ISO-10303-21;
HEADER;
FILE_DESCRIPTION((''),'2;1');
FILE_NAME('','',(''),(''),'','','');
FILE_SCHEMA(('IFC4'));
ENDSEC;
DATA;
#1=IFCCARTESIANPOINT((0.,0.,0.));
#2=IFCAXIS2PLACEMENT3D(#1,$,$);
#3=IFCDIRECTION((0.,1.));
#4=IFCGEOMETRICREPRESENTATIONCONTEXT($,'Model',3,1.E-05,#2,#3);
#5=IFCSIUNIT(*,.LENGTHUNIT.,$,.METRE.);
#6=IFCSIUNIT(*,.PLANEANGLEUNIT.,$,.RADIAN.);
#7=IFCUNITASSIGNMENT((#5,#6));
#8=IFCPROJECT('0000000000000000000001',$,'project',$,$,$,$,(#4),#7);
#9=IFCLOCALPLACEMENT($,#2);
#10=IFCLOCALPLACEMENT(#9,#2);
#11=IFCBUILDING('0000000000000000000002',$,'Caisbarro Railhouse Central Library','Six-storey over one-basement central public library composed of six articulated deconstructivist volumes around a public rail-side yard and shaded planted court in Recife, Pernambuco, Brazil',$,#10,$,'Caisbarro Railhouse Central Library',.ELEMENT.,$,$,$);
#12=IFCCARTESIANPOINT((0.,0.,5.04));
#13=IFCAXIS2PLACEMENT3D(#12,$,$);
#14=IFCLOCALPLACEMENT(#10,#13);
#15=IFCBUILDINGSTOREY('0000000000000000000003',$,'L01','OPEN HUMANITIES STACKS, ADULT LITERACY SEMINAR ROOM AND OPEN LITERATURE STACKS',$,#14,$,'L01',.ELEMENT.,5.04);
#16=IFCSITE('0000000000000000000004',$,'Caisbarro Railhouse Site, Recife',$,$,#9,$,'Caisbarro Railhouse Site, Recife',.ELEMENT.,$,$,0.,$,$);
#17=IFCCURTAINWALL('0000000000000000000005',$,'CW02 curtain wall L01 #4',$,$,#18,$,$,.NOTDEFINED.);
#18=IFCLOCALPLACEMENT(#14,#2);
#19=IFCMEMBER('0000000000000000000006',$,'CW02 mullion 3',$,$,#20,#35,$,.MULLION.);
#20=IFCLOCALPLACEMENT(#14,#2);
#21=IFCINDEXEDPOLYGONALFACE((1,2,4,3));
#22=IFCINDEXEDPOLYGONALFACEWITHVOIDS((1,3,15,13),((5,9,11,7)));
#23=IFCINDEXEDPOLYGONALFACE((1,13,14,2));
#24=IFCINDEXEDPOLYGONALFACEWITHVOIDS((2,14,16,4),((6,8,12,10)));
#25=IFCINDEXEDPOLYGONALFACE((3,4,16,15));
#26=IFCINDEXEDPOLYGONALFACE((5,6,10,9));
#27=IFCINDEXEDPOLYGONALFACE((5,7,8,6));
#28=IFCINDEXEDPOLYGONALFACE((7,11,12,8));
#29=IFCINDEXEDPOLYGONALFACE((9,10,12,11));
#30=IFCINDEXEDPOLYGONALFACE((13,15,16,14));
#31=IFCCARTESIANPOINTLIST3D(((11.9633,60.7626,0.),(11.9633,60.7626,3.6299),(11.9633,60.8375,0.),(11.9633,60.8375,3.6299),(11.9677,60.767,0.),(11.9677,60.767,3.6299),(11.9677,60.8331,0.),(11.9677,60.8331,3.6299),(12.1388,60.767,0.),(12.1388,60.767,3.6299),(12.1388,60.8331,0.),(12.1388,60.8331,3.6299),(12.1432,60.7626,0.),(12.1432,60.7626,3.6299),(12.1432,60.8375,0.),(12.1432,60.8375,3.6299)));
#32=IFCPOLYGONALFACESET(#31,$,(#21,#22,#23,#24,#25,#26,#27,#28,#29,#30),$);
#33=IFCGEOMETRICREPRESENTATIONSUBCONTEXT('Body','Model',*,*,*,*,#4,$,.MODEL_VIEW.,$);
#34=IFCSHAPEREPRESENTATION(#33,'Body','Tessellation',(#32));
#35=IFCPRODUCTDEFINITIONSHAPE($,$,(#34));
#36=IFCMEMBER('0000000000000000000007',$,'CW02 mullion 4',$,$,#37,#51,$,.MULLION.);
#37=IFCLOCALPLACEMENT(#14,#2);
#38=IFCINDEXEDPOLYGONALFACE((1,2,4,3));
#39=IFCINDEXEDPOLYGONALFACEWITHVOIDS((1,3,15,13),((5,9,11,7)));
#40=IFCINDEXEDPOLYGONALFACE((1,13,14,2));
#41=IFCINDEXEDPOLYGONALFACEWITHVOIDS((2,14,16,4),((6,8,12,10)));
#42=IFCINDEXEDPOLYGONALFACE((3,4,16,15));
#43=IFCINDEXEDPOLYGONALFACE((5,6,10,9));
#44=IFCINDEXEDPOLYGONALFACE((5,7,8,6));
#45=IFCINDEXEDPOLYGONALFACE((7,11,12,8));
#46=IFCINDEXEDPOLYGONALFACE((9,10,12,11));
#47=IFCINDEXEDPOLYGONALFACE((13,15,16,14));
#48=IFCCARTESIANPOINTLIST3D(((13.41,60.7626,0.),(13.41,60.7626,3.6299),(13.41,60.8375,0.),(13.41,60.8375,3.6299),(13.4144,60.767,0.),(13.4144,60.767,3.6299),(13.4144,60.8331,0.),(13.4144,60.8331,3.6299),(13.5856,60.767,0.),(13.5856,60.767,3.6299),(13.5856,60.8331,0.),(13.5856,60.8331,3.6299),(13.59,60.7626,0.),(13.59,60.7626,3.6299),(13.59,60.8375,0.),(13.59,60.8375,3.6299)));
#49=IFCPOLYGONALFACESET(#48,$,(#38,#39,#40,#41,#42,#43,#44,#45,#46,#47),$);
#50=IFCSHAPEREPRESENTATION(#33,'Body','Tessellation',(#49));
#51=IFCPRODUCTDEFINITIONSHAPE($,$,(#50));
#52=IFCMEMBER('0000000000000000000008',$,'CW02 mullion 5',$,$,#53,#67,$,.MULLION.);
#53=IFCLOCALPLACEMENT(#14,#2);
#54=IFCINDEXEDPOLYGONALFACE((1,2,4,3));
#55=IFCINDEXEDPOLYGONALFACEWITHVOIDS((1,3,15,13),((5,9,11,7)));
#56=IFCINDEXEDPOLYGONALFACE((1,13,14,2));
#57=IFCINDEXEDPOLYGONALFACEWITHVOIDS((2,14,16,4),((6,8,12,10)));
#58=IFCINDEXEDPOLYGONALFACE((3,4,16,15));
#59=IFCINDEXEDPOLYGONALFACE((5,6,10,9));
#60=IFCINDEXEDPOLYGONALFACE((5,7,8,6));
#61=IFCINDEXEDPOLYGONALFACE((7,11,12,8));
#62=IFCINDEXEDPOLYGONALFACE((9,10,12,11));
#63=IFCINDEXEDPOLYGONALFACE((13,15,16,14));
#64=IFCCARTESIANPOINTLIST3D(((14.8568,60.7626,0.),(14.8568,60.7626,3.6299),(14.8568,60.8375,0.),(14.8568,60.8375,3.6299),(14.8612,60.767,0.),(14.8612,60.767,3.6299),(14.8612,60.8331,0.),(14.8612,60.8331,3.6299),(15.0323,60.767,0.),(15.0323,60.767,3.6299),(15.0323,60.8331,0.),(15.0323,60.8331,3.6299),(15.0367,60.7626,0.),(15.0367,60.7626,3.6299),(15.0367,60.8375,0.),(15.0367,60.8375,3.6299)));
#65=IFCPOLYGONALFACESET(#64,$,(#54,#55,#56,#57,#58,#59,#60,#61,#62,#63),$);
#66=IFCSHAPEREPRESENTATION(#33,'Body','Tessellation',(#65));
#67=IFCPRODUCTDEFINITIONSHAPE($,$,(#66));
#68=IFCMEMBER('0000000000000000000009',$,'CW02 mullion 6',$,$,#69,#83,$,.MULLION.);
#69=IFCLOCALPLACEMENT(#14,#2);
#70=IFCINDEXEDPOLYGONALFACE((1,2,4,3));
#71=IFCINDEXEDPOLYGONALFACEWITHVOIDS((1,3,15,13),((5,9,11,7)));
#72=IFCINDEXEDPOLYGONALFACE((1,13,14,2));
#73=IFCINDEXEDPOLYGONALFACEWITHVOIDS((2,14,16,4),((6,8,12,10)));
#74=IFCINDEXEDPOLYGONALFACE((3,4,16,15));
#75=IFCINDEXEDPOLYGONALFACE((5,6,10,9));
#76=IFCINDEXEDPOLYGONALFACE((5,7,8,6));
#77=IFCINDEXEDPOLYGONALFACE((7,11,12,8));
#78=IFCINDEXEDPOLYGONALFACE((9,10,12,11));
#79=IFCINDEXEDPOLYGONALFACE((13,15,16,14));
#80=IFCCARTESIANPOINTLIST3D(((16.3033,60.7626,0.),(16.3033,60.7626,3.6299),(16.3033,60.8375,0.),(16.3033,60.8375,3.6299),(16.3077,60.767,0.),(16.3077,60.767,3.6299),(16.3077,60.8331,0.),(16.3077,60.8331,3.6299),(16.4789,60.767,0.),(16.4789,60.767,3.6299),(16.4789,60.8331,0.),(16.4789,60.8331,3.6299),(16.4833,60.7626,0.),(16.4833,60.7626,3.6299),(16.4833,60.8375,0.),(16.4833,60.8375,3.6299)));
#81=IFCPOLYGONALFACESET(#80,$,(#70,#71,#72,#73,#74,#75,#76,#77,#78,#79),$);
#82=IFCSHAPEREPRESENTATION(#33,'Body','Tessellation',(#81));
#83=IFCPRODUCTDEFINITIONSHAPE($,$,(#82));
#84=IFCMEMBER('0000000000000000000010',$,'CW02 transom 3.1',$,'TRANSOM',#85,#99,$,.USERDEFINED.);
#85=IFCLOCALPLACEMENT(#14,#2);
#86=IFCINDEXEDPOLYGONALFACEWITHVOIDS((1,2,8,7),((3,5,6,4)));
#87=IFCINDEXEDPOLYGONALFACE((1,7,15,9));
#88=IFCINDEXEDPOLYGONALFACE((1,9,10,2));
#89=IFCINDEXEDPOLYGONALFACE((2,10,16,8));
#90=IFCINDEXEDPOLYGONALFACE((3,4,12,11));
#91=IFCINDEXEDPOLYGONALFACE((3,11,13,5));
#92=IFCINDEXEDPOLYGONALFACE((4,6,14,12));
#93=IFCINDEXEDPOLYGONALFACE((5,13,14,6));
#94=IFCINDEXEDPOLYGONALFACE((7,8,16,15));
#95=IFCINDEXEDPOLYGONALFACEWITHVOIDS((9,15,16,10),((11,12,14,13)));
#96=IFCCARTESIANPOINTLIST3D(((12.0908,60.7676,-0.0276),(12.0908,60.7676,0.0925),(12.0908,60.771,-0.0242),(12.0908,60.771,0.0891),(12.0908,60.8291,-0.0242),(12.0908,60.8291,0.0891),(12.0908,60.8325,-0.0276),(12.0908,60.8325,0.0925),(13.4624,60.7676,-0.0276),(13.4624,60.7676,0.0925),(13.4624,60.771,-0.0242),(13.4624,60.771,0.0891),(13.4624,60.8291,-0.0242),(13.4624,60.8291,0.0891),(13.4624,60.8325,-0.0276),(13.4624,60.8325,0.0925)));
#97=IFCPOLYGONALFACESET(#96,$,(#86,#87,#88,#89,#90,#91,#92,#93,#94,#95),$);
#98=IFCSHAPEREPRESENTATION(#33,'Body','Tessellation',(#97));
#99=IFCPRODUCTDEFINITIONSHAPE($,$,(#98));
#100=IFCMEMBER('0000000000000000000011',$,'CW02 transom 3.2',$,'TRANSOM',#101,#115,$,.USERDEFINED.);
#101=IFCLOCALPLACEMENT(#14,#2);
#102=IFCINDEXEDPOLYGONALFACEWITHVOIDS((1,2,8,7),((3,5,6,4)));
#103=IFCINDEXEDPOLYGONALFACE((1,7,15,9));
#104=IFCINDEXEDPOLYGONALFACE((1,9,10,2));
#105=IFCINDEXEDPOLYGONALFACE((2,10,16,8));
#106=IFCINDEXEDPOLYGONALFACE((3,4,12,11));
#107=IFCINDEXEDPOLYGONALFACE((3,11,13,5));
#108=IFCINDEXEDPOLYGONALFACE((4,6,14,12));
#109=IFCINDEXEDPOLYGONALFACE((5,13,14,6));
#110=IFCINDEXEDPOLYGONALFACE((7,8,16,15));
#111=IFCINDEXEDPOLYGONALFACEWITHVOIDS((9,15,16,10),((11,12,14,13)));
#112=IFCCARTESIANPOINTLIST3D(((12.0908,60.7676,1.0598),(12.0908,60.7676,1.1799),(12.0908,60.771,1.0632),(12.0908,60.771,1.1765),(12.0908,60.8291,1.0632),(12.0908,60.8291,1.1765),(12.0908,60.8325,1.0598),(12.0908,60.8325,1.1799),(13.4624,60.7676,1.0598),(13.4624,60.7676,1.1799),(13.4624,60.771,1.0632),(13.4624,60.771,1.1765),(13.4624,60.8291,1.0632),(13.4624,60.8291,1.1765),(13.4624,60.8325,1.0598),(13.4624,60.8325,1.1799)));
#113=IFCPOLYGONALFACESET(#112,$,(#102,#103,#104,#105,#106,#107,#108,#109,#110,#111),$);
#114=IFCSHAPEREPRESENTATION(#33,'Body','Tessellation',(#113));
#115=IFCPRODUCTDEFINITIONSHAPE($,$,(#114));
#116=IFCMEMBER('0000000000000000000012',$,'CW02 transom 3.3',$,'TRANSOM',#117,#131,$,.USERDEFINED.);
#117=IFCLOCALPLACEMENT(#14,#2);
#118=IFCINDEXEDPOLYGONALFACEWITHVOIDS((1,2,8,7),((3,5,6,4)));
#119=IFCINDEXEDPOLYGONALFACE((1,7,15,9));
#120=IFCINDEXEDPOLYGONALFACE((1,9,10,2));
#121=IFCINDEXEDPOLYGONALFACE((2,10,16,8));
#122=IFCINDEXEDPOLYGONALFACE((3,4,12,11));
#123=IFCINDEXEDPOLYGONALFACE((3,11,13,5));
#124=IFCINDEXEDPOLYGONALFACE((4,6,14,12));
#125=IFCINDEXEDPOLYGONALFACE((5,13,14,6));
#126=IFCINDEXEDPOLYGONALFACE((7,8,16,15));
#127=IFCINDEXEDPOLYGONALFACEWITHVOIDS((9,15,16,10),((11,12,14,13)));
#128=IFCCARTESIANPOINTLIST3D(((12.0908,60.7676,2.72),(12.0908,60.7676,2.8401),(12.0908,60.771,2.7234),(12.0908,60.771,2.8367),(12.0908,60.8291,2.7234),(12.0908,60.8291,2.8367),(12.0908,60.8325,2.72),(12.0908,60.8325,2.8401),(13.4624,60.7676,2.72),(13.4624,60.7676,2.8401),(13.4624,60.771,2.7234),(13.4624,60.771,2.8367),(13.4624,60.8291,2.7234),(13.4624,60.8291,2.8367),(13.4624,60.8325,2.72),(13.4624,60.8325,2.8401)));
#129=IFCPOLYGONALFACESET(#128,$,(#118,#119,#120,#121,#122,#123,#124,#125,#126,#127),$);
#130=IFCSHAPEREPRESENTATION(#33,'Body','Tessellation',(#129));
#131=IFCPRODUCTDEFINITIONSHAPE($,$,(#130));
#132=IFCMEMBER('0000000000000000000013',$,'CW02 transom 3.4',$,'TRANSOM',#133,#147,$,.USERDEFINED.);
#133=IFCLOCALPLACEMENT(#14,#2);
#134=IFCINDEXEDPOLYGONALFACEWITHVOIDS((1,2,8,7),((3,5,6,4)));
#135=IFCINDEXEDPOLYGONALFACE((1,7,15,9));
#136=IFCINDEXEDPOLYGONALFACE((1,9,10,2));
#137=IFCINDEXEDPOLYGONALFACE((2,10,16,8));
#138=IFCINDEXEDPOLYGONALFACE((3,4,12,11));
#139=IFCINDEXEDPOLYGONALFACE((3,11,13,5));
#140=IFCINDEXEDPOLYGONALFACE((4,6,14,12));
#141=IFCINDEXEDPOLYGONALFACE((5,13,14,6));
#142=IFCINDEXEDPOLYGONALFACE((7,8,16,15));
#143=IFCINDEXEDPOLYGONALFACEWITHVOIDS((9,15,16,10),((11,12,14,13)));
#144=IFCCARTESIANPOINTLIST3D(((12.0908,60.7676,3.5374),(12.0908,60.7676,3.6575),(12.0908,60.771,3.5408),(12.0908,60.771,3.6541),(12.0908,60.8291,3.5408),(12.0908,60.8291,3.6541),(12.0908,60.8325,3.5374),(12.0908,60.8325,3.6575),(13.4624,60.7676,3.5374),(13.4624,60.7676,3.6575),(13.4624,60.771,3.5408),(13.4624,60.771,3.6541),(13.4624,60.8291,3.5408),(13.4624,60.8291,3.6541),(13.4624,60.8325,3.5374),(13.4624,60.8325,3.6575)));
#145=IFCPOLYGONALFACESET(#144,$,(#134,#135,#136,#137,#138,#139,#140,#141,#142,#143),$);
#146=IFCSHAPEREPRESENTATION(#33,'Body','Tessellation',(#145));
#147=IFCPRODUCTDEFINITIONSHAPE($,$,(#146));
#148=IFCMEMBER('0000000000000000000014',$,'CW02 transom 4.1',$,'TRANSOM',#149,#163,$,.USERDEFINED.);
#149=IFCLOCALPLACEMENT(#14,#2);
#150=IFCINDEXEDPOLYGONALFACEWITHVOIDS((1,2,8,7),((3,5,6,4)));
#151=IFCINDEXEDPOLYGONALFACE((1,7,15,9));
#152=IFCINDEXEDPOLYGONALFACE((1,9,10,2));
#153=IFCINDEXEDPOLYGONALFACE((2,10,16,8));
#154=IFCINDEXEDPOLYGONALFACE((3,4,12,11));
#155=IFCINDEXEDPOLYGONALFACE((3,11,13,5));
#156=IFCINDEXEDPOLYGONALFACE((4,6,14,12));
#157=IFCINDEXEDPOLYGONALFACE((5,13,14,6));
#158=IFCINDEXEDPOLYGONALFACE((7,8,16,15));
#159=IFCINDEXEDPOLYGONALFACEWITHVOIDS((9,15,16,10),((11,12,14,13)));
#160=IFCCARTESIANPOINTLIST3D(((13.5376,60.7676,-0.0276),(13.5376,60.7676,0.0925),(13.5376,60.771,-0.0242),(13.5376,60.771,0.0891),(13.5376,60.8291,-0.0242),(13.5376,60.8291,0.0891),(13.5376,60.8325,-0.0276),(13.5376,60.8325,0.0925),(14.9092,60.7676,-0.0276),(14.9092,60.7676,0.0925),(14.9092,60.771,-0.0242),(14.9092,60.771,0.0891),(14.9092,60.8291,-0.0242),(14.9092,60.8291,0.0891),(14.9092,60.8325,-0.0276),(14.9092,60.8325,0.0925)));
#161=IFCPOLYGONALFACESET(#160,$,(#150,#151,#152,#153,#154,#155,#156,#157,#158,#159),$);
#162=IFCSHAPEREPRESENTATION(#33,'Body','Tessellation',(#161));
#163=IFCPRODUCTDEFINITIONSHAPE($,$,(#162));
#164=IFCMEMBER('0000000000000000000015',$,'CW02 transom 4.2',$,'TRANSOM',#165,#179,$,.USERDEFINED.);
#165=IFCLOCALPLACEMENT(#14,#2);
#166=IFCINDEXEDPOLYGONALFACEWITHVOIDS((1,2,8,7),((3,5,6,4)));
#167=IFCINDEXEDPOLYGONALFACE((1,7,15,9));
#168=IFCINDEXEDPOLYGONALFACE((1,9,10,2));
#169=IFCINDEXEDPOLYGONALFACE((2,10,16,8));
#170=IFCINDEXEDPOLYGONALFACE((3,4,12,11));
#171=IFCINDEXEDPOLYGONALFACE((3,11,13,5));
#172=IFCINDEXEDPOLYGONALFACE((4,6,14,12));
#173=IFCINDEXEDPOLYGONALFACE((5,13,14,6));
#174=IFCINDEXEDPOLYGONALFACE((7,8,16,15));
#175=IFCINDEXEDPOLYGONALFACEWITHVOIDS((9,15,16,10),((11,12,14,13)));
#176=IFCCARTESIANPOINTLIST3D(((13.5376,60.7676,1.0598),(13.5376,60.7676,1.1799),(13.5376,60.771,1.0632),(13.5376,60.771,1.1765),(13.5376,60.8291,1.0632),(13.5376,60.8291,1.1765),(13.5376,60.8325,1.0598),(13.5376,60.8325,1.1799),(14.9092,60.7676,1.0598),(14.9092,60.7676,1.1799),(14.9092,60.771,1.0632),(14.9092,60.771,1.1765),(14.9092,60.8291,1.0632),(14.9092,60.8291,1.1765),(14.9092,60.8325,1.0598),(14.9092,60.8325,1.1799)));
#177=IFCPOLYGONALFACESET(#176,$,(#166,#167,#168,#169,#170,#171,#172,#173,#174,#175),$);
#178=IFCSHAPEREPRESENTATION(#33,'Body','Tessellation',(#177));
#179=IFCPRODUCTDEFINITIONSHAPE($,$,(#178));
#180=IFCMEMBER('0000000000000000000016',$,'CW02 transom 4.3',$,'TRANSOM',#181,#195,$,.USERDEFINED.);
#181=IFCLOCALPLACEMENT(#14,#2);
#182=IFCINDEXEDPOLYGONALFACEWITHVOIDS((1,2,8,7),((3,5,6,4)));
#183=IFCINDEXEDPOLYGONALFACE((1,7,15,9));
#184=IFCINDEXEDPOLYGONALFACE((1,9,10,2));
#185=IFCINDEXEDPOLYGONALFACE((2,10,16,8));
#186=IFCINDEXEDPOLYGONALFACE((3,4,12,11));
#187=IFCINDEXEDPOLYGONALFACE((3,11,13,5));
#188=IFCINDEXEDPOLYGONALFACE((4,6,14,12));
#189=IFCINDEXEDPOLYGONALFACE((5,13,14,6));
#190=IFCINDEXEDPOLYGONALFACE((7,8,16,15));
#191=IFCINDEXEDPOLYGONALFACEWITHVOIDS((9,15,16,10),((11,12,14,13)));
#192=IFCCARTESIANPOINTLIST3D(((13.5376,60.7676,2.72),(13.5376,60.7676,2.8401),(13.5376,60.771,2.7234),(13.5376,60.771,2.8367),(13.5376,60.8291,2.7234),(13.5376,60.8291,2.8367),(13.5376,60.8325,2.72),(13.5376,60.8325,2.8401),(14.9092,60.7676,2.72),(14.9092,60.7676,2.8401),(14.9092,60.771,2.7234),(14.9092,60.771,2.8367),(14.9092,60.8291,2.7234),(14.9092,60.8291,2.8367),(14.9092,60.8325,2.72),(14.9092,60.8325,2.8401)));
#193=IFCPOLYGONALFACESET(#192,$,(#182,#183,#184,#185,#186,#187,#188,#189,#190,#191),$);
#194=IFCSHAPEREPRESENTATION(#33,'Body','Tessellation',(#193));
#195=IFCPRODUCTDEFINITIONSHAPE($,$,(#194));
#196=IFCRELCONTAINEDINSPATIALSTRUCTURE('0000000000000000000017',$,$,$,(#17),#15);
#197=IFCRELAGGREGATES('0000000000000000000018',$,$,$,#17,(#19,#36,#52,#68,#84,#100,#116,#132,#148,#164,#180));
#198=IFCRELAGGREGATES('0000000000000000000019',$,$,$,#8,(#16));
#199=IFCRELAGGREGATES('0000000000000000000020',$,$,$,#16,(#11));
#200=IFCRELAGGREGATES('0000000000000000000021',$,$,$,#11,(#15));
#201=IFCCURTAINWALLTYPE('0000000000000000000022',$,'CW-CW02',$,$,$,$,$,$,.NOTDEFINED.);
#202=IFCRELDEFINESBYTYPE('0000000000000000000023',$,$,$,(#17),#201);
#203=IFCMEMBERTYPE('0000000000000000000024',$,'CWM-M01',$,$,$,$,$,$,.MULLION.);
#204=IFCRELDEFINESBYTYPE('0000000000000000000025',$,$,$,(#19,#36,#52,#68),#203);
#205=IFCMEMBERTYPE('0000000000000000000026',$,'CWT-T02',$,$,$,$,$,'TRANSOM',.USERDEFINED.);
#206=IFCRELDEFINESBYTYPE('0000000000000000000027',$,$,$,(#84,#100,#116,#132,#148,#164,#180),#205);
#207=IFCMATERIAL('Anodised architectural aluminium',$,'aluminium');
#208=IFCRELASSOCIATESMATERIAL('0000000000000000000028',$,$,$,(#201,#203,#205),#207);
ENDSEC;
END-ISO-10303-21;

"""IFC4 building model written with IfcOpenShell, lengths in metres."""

from ifc_helpers import new_model, si_unit, direction, frame, origin, origin_2d, place, context, subcontext, project, spatial, hollow_rectangle, extrude, material, material_profile, profile_set, type_object, element, aggregate, save


model = new_model("IFC4")

# Units and contexts
model_context = context("Model", 3, precision=1e-05, world=origin(), true_north=direction((0.0, 1.0)))
body_context = subcontext(model_context, "Body", "Model", "MODEL_VIEW")
ifc_project = project(units=[si_unit("LENGTHUNIT", "METRE"), si_unit("PLANEANGLEUNIT", "RADIAN")], contexts=[model_context])

# Site, building, storey
site_placement = place(None, origin())
site = spatial("IfcSite", under=ifc_project, at=site_placement, Name="Caisbarro Railhouse Site, Recife", LongName="Caisbarro Railhouse Site, Recife", CompositionType="ELEMENT", RefElevation=0.0)
building_placement = place(site_placement, origin())
building = spatial("IfcBuilding", under=site, at=building_placement, Name="Caisbarro Railhouse Central Library", Description="Six-storey over one-basement central public library composed of six articulated deconstructivist volumes around a public rail-side yard and shaded planted court in Recife, Pernambuco, Brazil", LongName="Caisbarro Railhouse Central Library", CompositionType="ELEMENT")
storey_placement = place(building_placement, frame((0.0, 0.0, 5.04)))
storey = spatial("IfcBuildingStorey", under=building, at=storey_placement, Name="L01", Description="OPEN HUMANITIES STACKS, ADULT LITERACY SEMINAR ROOM AND OPEN LITERATURE STACKS", LongName="L01", CompositionType="ELEMENT", Elevation=5.04)

# Curtain wall, members
ifc_material_1 = material(Name="Anodised architectural aluminium", Category="aluminium")
curtain_wall_type = type_object("IfcCurtainWallType", Name="CW-CW02", PredefinedType="NOTDEFINED", material=ifc_material_1)
curtain_wall_placement = place(storey_placement, origin())
curtain_wall = element("IfcCurtainWall", 1, at=curtain_wall_placement, inside=storey, type_object=curtain_wall_type, Name="CW02 curtain wall L01 #4", PredefinedType="NOTDEFINED")
ifc_material_profile_1 = material_profile(ifc_material_1, hollow_rectangle(XDim=0.075, YDim=0.1799, WallThickness=0.0044, at=origin_2d()), Name="ALU-MUL-75X180")
ifc_profile_set_1 = profile_set([ifc_material_profile_1], Name="Anodised architectural aluminium")
member_type_1 = type_object("IfcMemberType", Name="CWM-M01", PredefinedType="MULLION", material=ifc_profile_set_1)
member_1_placement = place(storey_placement, frame((12.0532, 60.8, 0.0), z_axis=(0.0, 0.0, 1.0), x_axis=(0.0, 1.0, 0.0)))
member_1 = element("IfcMember", 2, at=member_1_placement, type_object=member_type_1, Name="CW02 mullion 3", PredefinedType="MULLION", context=body_context, shape_type="SweptSolid", body=[
    extrude(hollow_rectangle(XDim=0.075, YDim=0.1799, WallThickness=0.0044, at=origin_2d()), origin(), (0.0, 0.0, 1.0), 3.6299),
])
member_2_placement = place(storey_placement, frame((13.5, 60.8, 0.0), z_axis=(0.0, 0.0, 1.0), x_axis=(0.0, 1.0, 0.0)))
member_2 = element("IfcMember", 3, at=member_2_placement, type_object=member_type_1, Name="CW02 mullion 4", PredefinedType="MULLION", context=body_context, shape_type="SweptSolid", body=[
    extrude(hollow_rectangle(XDim=0.075, YDim=0.1799, WallThickness=0.0044, at=origin_2d()), origin(), (0.0, 0.0, 1.0), 3.6299),
])
member_3_placement = place(storey_placement, frame((14.9468, 60.8, 0.0), z_axis=(0.0, 0.0, 1.0), x_axis=(0.0, 1.0, 0.0)))
member_3 = element("IfcMember", 4, at=member_3_placement, type_object=member_type_1, Name="CW02 mullion 5", PredefinedType="MULLION", context=body_context, shape_type="SweptSolid", body=[
    extrude(hollow_rectangle(XDim=0.075, YDim=0.1799, WallThickness=0.0044, at=origin_2d()), origin(), (0.0, 0.0, 1.0), 3.6299),
])
member_4_placement = place(storey_placement, frame((16.3933, 60.8, 0.0), z_axis=(0.0, 0.0, 1.0), x_axis=(0.0, 1.0, 0.0)))
member_4 = element("IfcMember", 5, at=member_4_placement, type_object=member_type_1, Name="CW02 mullion 6", PredefinedType="MULLION", context=body_context, shape_type="SweptSolid", body=[
    extrude(hollow_rectangle(XDim=0.075, YDim=0.1799, WallThickness=0.0044, at=origin_2d()), origin(), (0.0, 0.0, 1.0), 3.6299),
])
ifc_material_profile_2 = material_profile(ifc_material_1, hollow_rectangle(XDim=0.0649, YDim=0.1201, WallThickness=0.0034, at=origin_2d()), Name="ALU-TRN-65X120")
ifc_profile_set_2 = profile_set([ifc_material_profile_2], Name="Anodised architectural aluminium")
member_type_2 = type_object("IfcMemberType", Name="CWT-T02", ElementType="TRANSOM", PredefinedType="USERDEFINED", material=ifc_profile_set_2)
member_5_placement = place(storey_placement, frame((12.0908, 60.8, 0.0325), z_axis=(1.0, 0.0, 0.0), x_axis=(0.0, 1.0, 0.0)))
member_5 = element("IfcMember", 6, at=member_5_placement, type_object=member_type_2, Name="CW02 transom 3.1", ObjectType="TRANSOM", PredefinedType="USERDEFINED", context=body_context, shape_type="SweptSolid", body=[
    extrude(hollow_rectangle(XDim=0.0649, YDim=0.1201, WallThickness=0.0034, at=origin_2d()), origin(), (0.0, 0.0, 1.0), 1.3716),
])
member_6_placement = place(storey_placement, frame((12.0908, 60.8, 1.1199), z_axis=(1.0, 0.0, 0.0), x_axis=(0.0, 1.0, 0.0)))
member_6 = element("IfcMember", 7, at=member_6_placement, type_object=member_type_2, Name="CW02 transom 3.2", ObjectType="TRANSOM", PredefinedType="USERDEFINED", context=body_context, shape_type="SweptSolid", body=[
    extrude(hollow_rectangle(XDim=0.0649, YDim=0.1201, WallThickness=0.0034, at=origin_2d()), origin(), (0.0, 0.0, 1.0), 1.3716),
])
member_7_placement = place(storey_placement, frame((12.0908, 60.8, 2.78), z_axis=(1.0, 0.0, 0.0), x_axis=(0.0, 1.0, 0.0)))
member_7 = element("IfcMember", 8, at=member_7_placement, type_object=member_type_2, Name="CW02 transom 3.3", ObjectType="TRANSOM", PredefinedType="USERDEFINED", context=body_context, shape_type="SweptSolid", body=[
    extrude(hollow_rectangle(XDim=0.0649, YDim=0.1201, WallThickness=0.0034, at=origin_2d()), origin(), (0.0, 0.0, 1.0), 1.3716),
])
member_8_placement = place(storey_placement, frame((12.0908, 60.8, 3.5974), z_axis=(1.0, 0.0, 0.0), x_axis=(0.0, 1.0, 0.0)))
member_8 = element("IfcMember", 9, at=member_8_placement, type_object=member_type_2, Name="CW02 transom 3.4", ObjectType="TRANSOM", PredefinedType="USERDEFINED", context=body_context, shape_type="SweptSolid", body=[
    extrude(hollow_rectangle(XDim=0.0649, YDim=0.1201, WallThickness=0.0034, at=origin_2d()), origin(), (0.0, 0.0, 1.0), 1.3716),
])
member_9_placement = place(storey_placement, frame((13.5376, 60.8, 0.0325), z_axis=(1.0, 0.0, 0.0), x_axis=(0.0, 1.0, 0.0)))
member_9 = element("IfcMember", 10, at=member_9_placement, type_object=member_type_2, Name="CW02 transom 4.1", ObjectType="TRANSOM", PredefinedType="USERDEFINED", context=body_context, shape_type="SweptSolid", body=[
    extrude(hollow_rectangle(XDim=0.0649, YDim=0.1201, WallThickness=0.0034, at=origin_2d()), origin(), (0.0, 0.0, 1.0), 1.3716),
])
member_10_placement = place(storey_placement, frame((13.5376, 60.8, 1.1199), z_axis=(1.0, 0.0, 0.0), x_axis=(0.0, 1.0, 0.0)))
member_10 = element("IfcMember", 11, at=member_10_placement, type_object=member_type_2, Name="CW02 transom 4.2", ObjectType="TRANSOM", PredefinedType="USERDEFINED", context=body_context, shape_type="SweptSolid", body=[
    extrude(hollow_rectangle(XDim=0.0649, YDim=0.1201, WallThickness=0.0034, at=origin_2d()), origin(), (0.0, 0.0, 1.0), 1.3716),
])
member_11_placement = place(storey_placement, frame((13.5376, 60.8, 2.78), z_axis=(1.0, 0.0, 0.0), x_axis=(0.0, 1.0, 0.0)))
member_11 = element("IfcMember", 12, at=member_11_placement, type_object=member_type_2, Name="CW02 transom 4.3", ObjectType="TRANSOM", PredefinedType="USERDEFINED", context=body_context, shape_type="SweptSolid", body=[
    extrude(hollow_rectangle(XDim=0.0649, YDim=0.1201, WallThickness=0.0034, at=origin_2d()), origin(), (0.0, 0.0, 1.0), 1.3716),
])
aggregate(curtain_wall, [member_1, member_2, member_3, member_4, member_5, member_6, member_7, member_8, member_9, member_10, member_11])

save(model, "model.ifc")
